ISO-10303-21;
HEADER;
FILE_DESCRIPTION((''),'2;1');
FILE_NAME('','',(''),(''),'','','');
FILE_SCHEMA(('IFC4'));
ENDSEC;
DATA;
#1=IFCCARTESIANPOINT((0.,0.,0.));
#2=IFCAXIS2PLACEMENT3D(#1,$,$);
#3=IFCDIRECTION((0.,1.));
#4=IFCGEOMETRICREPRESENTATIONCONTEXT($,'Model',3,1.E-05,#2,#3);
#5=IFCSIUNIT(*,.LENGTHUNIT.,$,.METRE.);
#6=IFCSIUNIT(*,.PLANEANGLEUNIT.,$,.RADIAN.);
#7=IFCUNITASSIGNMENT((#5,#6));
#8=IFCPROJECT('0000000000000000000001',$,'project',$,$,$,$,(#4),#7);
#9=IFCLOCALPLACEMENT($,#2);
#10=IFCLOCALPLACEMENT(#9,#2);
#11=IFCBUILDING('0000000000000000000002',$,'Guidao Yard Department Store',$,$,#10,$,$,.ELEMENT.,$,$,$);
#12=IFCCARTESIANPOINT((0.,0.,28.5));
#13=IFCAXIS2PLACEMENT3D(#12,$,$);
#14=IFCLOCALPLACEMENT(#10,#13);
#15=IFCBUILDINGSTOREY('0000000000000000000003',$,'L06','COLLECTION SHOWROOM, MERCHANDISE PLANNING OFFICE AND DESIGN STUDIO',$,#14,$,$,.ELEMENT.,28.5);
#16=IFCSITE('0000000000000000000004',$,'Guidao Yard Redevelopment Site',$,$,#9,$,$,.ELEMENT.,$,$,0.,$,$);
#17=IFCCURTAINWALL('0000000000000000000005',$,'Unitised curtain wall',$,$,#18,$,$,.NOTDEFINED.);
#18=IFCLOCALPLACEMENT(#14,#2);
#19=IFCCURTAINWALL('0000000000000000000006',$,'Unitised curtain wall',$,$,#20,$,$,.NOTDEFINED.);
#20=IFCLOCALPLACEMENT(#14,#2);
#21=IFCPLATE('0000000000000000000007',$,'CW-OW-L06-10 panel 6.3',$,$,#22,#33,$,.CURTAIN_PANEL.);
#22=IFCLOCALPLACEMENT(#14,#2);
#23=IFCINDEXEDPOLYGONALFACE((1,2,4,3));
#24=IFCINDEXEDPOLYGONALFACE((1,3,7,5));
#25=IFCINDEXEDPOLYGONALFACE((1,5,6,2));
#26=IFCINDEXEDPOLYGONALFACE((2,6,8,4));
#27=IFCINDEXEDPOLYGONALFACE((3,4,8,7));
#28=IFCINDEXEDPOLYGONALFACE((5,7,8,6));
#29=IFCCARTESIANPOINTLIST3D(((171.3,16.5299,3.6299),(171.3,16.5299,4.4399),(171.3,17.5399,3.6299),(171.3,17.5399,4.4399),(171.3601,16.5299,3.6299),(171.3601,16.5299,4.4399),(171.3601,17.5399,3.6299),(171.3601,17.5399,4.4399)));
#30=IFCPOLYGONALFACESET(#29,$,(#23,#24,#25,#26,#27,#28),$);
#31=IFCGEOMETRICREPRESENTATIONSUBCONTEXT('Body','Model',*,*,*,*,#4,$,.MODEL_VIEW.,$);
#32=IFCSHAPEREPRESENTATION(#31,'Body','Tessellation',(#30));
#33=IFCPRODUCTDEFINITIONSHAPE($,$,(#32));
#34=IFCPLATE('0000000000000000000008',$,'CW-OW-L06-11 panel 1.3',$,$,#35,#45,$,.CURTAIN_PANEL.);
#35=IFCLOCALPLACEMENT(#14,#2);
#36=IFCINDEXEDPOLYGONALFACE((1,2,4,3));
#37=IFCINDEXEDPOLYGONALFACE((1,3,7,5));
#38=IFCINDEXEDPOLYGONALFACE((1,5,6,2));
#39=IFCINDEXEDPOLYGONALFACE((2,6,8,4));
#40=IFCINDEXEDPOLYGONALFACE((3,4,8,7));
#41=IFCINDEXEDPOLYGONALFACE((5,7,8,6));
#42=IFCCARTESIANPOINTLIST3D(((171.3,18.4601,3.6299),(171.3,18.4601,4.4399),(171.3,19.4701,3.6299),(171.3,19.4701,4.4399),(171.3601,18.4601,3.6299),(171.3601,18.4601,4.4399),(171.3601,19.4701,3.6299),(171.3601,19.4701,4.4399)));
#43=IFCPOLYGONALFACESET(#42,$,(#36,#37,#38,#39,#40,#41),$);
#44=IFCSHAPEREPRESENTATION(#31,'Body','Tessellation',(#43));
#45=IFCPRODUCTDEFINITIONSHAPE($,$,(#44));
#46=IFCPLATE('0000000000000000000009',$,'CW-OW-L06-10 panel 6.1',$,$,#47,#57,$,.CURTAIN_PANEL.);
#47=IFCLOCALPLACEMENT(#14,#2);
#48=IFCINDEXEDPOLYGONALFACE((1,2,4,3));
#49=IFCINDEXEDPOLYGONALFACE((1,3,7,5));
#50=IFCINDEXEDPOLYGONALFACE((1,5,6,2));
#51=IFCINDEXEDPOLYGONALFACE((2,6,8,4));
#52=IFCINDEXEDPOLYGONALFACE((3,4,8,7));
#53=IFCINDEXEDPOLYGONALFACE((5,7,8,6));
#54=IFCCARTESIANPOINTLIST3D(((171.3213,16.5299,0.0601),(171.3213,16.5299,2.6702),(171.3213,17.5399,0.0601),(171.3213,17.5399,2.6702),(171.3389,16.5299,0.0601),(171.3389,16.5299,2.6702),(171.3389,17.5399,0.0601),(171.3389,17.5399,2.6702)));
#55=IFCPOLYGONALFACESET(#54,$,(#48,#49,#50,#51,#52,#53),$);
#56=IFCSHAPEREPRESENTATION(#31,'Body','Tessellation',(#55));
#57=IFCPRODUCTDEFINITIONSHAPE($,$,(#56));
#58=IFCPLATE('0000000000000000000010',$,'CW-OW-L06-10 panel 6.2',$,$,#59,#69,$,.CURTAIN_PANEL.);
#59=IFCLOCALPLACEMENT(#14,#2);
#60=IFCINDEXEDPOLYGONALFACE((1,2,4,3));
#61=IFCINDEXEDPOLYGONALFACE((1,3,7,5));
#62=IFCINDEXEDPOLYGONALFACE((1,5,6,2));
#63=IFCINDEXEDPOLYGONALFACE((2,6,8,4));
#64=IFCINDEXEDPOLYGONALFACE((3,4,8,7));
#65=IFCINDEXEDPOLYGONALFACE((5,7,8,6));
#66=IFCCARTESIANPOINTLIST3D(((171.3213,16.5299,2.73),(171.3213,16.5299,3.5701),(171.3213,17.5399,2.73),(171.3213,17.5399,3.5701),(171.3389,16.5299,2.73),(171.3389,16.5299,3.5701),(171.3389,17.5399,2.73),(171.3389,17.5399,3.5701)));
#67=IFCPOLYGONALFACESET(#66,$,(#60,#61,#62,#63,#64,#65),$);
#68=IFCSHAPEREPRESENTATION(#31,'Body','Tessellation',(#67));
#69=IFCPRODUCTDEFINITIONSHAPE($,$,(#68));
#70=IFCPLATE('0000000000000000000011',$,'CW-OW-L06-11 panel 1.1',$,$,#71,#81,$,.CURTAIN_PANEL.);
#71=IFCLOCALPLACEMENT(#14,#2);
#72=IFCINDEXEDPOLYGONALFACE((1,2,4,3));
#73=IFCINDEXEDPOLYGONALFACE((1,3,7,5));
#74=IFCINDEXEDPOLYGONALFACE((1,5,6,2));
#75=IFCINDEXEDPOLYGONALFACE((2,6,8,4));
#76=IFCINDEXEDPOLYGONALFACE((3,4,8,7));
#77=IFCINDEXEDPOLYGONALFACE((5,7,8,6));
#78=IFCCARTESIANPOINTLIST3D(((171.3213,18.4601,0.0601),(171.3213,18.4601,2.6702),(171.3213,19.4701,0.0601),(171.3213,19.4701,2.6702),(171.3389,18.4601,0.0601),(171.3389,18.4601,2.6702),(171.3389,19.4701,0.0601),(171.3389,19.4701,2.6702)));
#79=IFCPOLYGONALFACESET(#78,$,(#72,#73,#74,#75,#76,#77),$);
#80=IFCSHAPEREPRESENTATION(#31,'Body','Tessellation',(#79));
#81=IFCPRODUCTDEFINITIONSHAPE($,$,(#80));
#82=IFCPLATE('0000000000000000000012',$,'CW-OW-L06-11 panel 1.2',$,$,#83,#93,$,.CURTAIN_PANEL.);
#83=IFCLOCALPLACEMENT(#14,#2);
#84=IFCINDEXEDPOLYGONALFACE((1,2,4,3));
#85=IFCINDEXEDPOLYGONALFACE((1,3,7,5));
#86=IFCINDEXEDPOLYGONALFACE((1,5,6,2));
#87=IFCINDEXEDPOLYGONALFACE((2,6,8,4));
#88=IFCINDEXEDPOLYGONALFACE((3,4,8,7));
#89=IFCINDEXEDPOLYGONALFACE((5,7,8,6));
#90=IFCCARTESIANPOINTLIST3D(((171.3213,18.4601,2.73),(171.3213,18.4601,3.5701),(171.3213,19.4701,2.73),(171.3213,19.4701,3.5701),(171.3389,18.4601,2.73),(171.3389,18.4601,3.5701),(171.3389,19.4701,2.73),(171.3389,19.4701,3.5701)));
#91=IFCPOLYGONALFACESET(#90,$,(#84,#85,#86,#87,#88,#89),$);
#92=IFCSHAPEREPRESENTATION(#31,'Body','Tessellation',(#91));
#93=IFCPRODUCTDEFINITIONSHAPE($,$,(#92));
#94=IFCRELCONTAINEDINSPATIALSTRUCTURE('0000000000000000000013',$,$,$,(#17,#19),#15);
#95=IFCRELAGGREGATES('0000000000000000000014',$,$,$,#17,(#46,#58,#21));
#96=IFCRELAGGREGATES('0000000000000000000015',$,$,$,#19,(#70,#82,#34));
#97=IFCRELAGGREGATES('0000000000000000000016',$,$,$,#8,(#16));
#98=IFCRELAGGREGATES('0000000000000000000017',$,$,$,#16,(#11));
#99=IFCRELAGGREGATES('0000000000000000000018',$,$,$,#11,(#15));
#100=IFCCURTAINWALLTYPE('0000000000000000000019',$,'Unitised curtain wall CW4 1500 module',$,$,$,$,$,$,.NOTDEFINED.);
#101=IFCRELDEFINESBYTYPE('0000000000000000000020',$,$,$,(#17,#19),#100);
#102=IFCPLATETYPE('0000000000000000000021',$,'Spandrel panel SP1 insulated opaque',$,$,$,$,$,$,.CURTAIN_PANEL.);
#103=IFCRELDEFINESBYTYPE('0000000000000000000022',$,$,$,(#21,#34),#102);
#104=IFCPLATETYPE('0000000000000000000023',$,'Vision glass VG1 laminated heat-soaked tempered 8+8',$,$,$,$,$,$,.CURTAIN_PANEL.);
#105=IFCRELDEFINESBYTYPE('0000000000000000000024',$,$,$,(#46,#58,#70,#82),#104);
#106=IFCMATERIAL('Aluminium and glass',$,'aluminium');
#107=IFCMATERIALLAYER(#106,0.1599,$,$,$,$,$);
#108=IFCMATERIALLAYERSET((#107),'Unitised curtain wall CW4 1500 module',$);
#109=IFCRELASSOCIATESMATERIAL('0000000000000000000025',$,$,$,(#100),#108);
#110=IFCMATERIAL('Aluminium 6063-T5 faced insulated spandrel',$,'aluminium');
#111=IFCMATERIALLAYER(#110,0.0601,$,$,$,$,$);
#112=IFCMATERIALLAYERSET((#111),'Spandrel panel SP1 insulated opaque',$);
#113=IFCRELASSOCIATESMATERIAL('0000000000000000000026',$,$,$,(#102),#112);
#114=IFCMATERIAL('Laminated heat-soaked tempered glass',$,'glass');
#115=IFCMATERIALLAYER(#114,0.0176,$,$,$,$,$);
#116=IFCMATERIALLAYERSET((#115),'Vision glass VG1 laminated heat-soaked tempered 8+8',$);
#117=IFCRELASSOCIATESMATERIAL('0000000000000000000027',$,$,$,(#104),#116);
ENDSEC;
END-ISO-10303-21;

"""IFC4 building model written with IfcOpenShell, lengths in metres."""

from ifc_helpers import new_model, si_unit, direction, frame, origin, origin_2d, place, context, subcontext, project, spatial, rectangle, extrude, material, layer, layer_set, type_object, element, aggregate, save


model = new_model("IFC4")

# Units and contexts
model_context = context("Model", 3, precision=1e-05, world=origin(), true_north=direction((0.0, 1.0)))
body_context = subcontext(model_context, "Body", "Model", "MODEL_VIEW")
ifc_project = project(units=[si_unit("LENGTHUNIT", "METRE"), si_unit("PLANEANGLEUNIT", "RADIAN")], contexts=[model_context])

# Site, building, storey
site_placement = place(None, origin())
site = spatial("IfcSite", under=ifc_project, at=site_placement, Name="Guidao Yard Redevelopment Site", CompositionType="ELEMENT", RefElevation=0.0)
building_placement = place(site_placement, origin())
building = spatial("IfcBuilding", under=site, at=building_placement, Name="Guidao Yard Department Store", CompositionType="ELEMENT")
storey_placement = place(building_placement, frame((0.0, 0.0, 28.5)))
storey = spatial("IfcBuildingStorey", under=building, at=storey_placement, Name="L06", Description="COLLECTION SHOWROOM, MERCHANDISE PLANNING OFFICE AND DESIGN STUDIO", CompositionType="ELEMENT", Elevation=28.5)

# Curtain wall
ifc_material_1 = material(Name="Aluminium and glass", Category="aluminium")
ifc_layer_1 = layer(ifc_material_1, 0.1599)
ifc_layer_set_1 = layer_set([ifc_layer_1], Name="Unitised curtain wall CW4 1500 module")
curtain_wall_type = type_object("IfcCurtainWallType", Name="Unitised curtain wall CW4 1500 module", PredefinedType="NOTDEFINED", material=ifc_layer_set_1)
curtain_wall_1_placement = place(storey_placement, origin())
curtain_wall_1 = element("IfcCurtainWall", 1, at=curtain_wall_1_placement, inside=storey, type_object=curtain_wall_type, Name="Unitised curtain wall", PredefinedType="NOTDEFINED")

# Curtain wall
curtain_wall_2_placement = place(storey_placement, origin())
curtain_wall_2 = element("IfcCurtainWall", 2, at=curtain_wall_2_placement, inside=storey, type_object=curtain_wall_type, Name="Unitised curtain wall", PredefinedType="NOTDEFINED")

# Plates
ifc_material_2 = material(Name="Aluminium 6063-T5 faced insulated spandrel", Category="aluminium")
ifc_layer_2 = layer(ifc_material_2, 0.0601)
ifc_layer_set_2 = layer_set([ifc_layer_2], Name="Spandrel panel SP1 insulated opaque")
plate_type_1 = type_object("IfcPlateType", Name="Spandrel panel SP1 insulated opaque", PredefinedType="CURTAIN_PANEL", material=ifc_layer_set_2)
plate_1_placement = place(storey_placement, frame((171.3301, 17.0349, 3.6299), z_axis=(0.0, 0.0, 1.0), x_axis=(0.0, -1.0, 0.0)))
plate_1 = element("IfcPlate", 3, at=plate_1_placement, type_object=plate_type_1, Name="CW-OW-L06-10 panel 6.3", PredefinedType="CURTAIN_PANEL", context=body_context, shape_type="SweptSolid", body=[
    extrude(rectangle(XDim=1.01, YDim=0.0601, at=origin_2d()), origin(), (0.0, 0.0, 1.0), 0.8101),
])
plate_2_placement = place(storey_placement, frame((171.3301, 18.9651, 3.6299), z_axis=(0.0, 0.0, 1.0), x_axis=(0.0, -1.0, 0.0)))
plate_2 = element("IfcPlate", 4, at=plate_2_placement, type_object=plate_type_1, Name="CW-OW-L06-11 panel 1.3", PredefinedType="CURTAIN_PANEL", context=body_context, shape_type="SweptSolid", body=[
    extrude(rectangle(XDim=1.01, YDim=0.0601, at=origin_2d()), origin(), (0.0, 0.0, 1.0), 0.8101),
])
ifc_material_3 = material(Name="Laminated heat-soaked tempered glass", Category="glass")
ifc_layer_3 = layer(ifc_material_3, 0.0176)
ifc_layer_set_3 = layer_set([ifc_layer_3], Name="Vision glass VG1 laminated heat-soaked tempered 8+8")
plate_type_2 = type_object("IfcPlateType", Name="Vision glass VG1 laminated heat-soaked tempered 8+8", PredefinedType="CURTAIN_PANEL", material=ifc_layer_set_3)
plate_3_placement = place(storey_placement, frame((171.3301, 17.0349, 0.0601), z_axis=(0.0, 0.0, 1.0), x_axis=(0.0, -1.0, 0.0)))
plate_3 = element("IfcPlate", 5, at=plate_3_placement, type_object=plate_type_2, Name="CW-OW-L06-10 panel 6.1", PredefinedType="CURTAIN_PANEL", context=body_context, shape_type="SweptSolid", body=[
    extrude(rectangle(XDim=1.01, YDim=0.0176, at=origin_2d()), origin(), (0.0, 0.0, 1.0), 2.6101),
])
plate_4_placement = place(storey_placement, frame((171.3301, 17.0349, 2.73), z_axis=(0.0, 0.0, 1.0), x_axis=(0.0, -1.0, 0.0)))
plate_4 = element("IfcPlate", 6, at=plate_4_placement, type_object=plate_type_2, Name="CW-OW-L06-10 panel 6.2", PredefinedType="CURTAIN_PANEL", context=body_context, shape_type="SweptSolid", body=[
    extrude(rectangle(XDim=1.01, YDim=0.0176, at=origin_2d()), origin(), (0.0, 0.0, 1.0), 0.8401),
])
aggregate(curtain_wall_1, [plate_3, plate_4, plate_1])
plate_5_placement = place(storey_placement, frame((171.3301, 18.9651, 0.0601), z_axis=(0.0, 0.0, 1.0), x_axis=(0.0, -1.0, 0.0)))
plate_5 = element("IfcPlate", 7, at=plate_5_placement, type_object=plate_type_2, Name="CW-OW-L06-11 panel 1.1", PredefinedType="CURTAIN_PANEL", context=body_context, shape_type="SweptSolid", body=[
    extrude(rectangle(XDim=1.01, YDim=0.0176, at=origin_2d()), origin(), (0.0, 0.0, 1.0), 2.6101),
])
plate_6_placement = place(storey_placement, frame((171.3301, 18.9651, 2.73), z_axis=(0.0, 0.0, 1.0), x_axis=(0.0, -1.0, 0.0)))
plate_6 = element("IfcPlate", 8, at=plate_6_placement, type_object=plate_type_2, Name="CW-OW-L06-11 panel 1.2", PredefinedType="CURTAIN_PANEL", context=body_context, shape_type="SweptSolid", body=[
    extrude(rectangle(XDim=1.01, YDim=0.0176, at=origin_2d()), origin(), (0.0, 0.0, 1.0), 0.8401),
])
aggregate(curtain_wall_2, [plate_5, plate_6, plate_2])

save(model, "model.ifc")
